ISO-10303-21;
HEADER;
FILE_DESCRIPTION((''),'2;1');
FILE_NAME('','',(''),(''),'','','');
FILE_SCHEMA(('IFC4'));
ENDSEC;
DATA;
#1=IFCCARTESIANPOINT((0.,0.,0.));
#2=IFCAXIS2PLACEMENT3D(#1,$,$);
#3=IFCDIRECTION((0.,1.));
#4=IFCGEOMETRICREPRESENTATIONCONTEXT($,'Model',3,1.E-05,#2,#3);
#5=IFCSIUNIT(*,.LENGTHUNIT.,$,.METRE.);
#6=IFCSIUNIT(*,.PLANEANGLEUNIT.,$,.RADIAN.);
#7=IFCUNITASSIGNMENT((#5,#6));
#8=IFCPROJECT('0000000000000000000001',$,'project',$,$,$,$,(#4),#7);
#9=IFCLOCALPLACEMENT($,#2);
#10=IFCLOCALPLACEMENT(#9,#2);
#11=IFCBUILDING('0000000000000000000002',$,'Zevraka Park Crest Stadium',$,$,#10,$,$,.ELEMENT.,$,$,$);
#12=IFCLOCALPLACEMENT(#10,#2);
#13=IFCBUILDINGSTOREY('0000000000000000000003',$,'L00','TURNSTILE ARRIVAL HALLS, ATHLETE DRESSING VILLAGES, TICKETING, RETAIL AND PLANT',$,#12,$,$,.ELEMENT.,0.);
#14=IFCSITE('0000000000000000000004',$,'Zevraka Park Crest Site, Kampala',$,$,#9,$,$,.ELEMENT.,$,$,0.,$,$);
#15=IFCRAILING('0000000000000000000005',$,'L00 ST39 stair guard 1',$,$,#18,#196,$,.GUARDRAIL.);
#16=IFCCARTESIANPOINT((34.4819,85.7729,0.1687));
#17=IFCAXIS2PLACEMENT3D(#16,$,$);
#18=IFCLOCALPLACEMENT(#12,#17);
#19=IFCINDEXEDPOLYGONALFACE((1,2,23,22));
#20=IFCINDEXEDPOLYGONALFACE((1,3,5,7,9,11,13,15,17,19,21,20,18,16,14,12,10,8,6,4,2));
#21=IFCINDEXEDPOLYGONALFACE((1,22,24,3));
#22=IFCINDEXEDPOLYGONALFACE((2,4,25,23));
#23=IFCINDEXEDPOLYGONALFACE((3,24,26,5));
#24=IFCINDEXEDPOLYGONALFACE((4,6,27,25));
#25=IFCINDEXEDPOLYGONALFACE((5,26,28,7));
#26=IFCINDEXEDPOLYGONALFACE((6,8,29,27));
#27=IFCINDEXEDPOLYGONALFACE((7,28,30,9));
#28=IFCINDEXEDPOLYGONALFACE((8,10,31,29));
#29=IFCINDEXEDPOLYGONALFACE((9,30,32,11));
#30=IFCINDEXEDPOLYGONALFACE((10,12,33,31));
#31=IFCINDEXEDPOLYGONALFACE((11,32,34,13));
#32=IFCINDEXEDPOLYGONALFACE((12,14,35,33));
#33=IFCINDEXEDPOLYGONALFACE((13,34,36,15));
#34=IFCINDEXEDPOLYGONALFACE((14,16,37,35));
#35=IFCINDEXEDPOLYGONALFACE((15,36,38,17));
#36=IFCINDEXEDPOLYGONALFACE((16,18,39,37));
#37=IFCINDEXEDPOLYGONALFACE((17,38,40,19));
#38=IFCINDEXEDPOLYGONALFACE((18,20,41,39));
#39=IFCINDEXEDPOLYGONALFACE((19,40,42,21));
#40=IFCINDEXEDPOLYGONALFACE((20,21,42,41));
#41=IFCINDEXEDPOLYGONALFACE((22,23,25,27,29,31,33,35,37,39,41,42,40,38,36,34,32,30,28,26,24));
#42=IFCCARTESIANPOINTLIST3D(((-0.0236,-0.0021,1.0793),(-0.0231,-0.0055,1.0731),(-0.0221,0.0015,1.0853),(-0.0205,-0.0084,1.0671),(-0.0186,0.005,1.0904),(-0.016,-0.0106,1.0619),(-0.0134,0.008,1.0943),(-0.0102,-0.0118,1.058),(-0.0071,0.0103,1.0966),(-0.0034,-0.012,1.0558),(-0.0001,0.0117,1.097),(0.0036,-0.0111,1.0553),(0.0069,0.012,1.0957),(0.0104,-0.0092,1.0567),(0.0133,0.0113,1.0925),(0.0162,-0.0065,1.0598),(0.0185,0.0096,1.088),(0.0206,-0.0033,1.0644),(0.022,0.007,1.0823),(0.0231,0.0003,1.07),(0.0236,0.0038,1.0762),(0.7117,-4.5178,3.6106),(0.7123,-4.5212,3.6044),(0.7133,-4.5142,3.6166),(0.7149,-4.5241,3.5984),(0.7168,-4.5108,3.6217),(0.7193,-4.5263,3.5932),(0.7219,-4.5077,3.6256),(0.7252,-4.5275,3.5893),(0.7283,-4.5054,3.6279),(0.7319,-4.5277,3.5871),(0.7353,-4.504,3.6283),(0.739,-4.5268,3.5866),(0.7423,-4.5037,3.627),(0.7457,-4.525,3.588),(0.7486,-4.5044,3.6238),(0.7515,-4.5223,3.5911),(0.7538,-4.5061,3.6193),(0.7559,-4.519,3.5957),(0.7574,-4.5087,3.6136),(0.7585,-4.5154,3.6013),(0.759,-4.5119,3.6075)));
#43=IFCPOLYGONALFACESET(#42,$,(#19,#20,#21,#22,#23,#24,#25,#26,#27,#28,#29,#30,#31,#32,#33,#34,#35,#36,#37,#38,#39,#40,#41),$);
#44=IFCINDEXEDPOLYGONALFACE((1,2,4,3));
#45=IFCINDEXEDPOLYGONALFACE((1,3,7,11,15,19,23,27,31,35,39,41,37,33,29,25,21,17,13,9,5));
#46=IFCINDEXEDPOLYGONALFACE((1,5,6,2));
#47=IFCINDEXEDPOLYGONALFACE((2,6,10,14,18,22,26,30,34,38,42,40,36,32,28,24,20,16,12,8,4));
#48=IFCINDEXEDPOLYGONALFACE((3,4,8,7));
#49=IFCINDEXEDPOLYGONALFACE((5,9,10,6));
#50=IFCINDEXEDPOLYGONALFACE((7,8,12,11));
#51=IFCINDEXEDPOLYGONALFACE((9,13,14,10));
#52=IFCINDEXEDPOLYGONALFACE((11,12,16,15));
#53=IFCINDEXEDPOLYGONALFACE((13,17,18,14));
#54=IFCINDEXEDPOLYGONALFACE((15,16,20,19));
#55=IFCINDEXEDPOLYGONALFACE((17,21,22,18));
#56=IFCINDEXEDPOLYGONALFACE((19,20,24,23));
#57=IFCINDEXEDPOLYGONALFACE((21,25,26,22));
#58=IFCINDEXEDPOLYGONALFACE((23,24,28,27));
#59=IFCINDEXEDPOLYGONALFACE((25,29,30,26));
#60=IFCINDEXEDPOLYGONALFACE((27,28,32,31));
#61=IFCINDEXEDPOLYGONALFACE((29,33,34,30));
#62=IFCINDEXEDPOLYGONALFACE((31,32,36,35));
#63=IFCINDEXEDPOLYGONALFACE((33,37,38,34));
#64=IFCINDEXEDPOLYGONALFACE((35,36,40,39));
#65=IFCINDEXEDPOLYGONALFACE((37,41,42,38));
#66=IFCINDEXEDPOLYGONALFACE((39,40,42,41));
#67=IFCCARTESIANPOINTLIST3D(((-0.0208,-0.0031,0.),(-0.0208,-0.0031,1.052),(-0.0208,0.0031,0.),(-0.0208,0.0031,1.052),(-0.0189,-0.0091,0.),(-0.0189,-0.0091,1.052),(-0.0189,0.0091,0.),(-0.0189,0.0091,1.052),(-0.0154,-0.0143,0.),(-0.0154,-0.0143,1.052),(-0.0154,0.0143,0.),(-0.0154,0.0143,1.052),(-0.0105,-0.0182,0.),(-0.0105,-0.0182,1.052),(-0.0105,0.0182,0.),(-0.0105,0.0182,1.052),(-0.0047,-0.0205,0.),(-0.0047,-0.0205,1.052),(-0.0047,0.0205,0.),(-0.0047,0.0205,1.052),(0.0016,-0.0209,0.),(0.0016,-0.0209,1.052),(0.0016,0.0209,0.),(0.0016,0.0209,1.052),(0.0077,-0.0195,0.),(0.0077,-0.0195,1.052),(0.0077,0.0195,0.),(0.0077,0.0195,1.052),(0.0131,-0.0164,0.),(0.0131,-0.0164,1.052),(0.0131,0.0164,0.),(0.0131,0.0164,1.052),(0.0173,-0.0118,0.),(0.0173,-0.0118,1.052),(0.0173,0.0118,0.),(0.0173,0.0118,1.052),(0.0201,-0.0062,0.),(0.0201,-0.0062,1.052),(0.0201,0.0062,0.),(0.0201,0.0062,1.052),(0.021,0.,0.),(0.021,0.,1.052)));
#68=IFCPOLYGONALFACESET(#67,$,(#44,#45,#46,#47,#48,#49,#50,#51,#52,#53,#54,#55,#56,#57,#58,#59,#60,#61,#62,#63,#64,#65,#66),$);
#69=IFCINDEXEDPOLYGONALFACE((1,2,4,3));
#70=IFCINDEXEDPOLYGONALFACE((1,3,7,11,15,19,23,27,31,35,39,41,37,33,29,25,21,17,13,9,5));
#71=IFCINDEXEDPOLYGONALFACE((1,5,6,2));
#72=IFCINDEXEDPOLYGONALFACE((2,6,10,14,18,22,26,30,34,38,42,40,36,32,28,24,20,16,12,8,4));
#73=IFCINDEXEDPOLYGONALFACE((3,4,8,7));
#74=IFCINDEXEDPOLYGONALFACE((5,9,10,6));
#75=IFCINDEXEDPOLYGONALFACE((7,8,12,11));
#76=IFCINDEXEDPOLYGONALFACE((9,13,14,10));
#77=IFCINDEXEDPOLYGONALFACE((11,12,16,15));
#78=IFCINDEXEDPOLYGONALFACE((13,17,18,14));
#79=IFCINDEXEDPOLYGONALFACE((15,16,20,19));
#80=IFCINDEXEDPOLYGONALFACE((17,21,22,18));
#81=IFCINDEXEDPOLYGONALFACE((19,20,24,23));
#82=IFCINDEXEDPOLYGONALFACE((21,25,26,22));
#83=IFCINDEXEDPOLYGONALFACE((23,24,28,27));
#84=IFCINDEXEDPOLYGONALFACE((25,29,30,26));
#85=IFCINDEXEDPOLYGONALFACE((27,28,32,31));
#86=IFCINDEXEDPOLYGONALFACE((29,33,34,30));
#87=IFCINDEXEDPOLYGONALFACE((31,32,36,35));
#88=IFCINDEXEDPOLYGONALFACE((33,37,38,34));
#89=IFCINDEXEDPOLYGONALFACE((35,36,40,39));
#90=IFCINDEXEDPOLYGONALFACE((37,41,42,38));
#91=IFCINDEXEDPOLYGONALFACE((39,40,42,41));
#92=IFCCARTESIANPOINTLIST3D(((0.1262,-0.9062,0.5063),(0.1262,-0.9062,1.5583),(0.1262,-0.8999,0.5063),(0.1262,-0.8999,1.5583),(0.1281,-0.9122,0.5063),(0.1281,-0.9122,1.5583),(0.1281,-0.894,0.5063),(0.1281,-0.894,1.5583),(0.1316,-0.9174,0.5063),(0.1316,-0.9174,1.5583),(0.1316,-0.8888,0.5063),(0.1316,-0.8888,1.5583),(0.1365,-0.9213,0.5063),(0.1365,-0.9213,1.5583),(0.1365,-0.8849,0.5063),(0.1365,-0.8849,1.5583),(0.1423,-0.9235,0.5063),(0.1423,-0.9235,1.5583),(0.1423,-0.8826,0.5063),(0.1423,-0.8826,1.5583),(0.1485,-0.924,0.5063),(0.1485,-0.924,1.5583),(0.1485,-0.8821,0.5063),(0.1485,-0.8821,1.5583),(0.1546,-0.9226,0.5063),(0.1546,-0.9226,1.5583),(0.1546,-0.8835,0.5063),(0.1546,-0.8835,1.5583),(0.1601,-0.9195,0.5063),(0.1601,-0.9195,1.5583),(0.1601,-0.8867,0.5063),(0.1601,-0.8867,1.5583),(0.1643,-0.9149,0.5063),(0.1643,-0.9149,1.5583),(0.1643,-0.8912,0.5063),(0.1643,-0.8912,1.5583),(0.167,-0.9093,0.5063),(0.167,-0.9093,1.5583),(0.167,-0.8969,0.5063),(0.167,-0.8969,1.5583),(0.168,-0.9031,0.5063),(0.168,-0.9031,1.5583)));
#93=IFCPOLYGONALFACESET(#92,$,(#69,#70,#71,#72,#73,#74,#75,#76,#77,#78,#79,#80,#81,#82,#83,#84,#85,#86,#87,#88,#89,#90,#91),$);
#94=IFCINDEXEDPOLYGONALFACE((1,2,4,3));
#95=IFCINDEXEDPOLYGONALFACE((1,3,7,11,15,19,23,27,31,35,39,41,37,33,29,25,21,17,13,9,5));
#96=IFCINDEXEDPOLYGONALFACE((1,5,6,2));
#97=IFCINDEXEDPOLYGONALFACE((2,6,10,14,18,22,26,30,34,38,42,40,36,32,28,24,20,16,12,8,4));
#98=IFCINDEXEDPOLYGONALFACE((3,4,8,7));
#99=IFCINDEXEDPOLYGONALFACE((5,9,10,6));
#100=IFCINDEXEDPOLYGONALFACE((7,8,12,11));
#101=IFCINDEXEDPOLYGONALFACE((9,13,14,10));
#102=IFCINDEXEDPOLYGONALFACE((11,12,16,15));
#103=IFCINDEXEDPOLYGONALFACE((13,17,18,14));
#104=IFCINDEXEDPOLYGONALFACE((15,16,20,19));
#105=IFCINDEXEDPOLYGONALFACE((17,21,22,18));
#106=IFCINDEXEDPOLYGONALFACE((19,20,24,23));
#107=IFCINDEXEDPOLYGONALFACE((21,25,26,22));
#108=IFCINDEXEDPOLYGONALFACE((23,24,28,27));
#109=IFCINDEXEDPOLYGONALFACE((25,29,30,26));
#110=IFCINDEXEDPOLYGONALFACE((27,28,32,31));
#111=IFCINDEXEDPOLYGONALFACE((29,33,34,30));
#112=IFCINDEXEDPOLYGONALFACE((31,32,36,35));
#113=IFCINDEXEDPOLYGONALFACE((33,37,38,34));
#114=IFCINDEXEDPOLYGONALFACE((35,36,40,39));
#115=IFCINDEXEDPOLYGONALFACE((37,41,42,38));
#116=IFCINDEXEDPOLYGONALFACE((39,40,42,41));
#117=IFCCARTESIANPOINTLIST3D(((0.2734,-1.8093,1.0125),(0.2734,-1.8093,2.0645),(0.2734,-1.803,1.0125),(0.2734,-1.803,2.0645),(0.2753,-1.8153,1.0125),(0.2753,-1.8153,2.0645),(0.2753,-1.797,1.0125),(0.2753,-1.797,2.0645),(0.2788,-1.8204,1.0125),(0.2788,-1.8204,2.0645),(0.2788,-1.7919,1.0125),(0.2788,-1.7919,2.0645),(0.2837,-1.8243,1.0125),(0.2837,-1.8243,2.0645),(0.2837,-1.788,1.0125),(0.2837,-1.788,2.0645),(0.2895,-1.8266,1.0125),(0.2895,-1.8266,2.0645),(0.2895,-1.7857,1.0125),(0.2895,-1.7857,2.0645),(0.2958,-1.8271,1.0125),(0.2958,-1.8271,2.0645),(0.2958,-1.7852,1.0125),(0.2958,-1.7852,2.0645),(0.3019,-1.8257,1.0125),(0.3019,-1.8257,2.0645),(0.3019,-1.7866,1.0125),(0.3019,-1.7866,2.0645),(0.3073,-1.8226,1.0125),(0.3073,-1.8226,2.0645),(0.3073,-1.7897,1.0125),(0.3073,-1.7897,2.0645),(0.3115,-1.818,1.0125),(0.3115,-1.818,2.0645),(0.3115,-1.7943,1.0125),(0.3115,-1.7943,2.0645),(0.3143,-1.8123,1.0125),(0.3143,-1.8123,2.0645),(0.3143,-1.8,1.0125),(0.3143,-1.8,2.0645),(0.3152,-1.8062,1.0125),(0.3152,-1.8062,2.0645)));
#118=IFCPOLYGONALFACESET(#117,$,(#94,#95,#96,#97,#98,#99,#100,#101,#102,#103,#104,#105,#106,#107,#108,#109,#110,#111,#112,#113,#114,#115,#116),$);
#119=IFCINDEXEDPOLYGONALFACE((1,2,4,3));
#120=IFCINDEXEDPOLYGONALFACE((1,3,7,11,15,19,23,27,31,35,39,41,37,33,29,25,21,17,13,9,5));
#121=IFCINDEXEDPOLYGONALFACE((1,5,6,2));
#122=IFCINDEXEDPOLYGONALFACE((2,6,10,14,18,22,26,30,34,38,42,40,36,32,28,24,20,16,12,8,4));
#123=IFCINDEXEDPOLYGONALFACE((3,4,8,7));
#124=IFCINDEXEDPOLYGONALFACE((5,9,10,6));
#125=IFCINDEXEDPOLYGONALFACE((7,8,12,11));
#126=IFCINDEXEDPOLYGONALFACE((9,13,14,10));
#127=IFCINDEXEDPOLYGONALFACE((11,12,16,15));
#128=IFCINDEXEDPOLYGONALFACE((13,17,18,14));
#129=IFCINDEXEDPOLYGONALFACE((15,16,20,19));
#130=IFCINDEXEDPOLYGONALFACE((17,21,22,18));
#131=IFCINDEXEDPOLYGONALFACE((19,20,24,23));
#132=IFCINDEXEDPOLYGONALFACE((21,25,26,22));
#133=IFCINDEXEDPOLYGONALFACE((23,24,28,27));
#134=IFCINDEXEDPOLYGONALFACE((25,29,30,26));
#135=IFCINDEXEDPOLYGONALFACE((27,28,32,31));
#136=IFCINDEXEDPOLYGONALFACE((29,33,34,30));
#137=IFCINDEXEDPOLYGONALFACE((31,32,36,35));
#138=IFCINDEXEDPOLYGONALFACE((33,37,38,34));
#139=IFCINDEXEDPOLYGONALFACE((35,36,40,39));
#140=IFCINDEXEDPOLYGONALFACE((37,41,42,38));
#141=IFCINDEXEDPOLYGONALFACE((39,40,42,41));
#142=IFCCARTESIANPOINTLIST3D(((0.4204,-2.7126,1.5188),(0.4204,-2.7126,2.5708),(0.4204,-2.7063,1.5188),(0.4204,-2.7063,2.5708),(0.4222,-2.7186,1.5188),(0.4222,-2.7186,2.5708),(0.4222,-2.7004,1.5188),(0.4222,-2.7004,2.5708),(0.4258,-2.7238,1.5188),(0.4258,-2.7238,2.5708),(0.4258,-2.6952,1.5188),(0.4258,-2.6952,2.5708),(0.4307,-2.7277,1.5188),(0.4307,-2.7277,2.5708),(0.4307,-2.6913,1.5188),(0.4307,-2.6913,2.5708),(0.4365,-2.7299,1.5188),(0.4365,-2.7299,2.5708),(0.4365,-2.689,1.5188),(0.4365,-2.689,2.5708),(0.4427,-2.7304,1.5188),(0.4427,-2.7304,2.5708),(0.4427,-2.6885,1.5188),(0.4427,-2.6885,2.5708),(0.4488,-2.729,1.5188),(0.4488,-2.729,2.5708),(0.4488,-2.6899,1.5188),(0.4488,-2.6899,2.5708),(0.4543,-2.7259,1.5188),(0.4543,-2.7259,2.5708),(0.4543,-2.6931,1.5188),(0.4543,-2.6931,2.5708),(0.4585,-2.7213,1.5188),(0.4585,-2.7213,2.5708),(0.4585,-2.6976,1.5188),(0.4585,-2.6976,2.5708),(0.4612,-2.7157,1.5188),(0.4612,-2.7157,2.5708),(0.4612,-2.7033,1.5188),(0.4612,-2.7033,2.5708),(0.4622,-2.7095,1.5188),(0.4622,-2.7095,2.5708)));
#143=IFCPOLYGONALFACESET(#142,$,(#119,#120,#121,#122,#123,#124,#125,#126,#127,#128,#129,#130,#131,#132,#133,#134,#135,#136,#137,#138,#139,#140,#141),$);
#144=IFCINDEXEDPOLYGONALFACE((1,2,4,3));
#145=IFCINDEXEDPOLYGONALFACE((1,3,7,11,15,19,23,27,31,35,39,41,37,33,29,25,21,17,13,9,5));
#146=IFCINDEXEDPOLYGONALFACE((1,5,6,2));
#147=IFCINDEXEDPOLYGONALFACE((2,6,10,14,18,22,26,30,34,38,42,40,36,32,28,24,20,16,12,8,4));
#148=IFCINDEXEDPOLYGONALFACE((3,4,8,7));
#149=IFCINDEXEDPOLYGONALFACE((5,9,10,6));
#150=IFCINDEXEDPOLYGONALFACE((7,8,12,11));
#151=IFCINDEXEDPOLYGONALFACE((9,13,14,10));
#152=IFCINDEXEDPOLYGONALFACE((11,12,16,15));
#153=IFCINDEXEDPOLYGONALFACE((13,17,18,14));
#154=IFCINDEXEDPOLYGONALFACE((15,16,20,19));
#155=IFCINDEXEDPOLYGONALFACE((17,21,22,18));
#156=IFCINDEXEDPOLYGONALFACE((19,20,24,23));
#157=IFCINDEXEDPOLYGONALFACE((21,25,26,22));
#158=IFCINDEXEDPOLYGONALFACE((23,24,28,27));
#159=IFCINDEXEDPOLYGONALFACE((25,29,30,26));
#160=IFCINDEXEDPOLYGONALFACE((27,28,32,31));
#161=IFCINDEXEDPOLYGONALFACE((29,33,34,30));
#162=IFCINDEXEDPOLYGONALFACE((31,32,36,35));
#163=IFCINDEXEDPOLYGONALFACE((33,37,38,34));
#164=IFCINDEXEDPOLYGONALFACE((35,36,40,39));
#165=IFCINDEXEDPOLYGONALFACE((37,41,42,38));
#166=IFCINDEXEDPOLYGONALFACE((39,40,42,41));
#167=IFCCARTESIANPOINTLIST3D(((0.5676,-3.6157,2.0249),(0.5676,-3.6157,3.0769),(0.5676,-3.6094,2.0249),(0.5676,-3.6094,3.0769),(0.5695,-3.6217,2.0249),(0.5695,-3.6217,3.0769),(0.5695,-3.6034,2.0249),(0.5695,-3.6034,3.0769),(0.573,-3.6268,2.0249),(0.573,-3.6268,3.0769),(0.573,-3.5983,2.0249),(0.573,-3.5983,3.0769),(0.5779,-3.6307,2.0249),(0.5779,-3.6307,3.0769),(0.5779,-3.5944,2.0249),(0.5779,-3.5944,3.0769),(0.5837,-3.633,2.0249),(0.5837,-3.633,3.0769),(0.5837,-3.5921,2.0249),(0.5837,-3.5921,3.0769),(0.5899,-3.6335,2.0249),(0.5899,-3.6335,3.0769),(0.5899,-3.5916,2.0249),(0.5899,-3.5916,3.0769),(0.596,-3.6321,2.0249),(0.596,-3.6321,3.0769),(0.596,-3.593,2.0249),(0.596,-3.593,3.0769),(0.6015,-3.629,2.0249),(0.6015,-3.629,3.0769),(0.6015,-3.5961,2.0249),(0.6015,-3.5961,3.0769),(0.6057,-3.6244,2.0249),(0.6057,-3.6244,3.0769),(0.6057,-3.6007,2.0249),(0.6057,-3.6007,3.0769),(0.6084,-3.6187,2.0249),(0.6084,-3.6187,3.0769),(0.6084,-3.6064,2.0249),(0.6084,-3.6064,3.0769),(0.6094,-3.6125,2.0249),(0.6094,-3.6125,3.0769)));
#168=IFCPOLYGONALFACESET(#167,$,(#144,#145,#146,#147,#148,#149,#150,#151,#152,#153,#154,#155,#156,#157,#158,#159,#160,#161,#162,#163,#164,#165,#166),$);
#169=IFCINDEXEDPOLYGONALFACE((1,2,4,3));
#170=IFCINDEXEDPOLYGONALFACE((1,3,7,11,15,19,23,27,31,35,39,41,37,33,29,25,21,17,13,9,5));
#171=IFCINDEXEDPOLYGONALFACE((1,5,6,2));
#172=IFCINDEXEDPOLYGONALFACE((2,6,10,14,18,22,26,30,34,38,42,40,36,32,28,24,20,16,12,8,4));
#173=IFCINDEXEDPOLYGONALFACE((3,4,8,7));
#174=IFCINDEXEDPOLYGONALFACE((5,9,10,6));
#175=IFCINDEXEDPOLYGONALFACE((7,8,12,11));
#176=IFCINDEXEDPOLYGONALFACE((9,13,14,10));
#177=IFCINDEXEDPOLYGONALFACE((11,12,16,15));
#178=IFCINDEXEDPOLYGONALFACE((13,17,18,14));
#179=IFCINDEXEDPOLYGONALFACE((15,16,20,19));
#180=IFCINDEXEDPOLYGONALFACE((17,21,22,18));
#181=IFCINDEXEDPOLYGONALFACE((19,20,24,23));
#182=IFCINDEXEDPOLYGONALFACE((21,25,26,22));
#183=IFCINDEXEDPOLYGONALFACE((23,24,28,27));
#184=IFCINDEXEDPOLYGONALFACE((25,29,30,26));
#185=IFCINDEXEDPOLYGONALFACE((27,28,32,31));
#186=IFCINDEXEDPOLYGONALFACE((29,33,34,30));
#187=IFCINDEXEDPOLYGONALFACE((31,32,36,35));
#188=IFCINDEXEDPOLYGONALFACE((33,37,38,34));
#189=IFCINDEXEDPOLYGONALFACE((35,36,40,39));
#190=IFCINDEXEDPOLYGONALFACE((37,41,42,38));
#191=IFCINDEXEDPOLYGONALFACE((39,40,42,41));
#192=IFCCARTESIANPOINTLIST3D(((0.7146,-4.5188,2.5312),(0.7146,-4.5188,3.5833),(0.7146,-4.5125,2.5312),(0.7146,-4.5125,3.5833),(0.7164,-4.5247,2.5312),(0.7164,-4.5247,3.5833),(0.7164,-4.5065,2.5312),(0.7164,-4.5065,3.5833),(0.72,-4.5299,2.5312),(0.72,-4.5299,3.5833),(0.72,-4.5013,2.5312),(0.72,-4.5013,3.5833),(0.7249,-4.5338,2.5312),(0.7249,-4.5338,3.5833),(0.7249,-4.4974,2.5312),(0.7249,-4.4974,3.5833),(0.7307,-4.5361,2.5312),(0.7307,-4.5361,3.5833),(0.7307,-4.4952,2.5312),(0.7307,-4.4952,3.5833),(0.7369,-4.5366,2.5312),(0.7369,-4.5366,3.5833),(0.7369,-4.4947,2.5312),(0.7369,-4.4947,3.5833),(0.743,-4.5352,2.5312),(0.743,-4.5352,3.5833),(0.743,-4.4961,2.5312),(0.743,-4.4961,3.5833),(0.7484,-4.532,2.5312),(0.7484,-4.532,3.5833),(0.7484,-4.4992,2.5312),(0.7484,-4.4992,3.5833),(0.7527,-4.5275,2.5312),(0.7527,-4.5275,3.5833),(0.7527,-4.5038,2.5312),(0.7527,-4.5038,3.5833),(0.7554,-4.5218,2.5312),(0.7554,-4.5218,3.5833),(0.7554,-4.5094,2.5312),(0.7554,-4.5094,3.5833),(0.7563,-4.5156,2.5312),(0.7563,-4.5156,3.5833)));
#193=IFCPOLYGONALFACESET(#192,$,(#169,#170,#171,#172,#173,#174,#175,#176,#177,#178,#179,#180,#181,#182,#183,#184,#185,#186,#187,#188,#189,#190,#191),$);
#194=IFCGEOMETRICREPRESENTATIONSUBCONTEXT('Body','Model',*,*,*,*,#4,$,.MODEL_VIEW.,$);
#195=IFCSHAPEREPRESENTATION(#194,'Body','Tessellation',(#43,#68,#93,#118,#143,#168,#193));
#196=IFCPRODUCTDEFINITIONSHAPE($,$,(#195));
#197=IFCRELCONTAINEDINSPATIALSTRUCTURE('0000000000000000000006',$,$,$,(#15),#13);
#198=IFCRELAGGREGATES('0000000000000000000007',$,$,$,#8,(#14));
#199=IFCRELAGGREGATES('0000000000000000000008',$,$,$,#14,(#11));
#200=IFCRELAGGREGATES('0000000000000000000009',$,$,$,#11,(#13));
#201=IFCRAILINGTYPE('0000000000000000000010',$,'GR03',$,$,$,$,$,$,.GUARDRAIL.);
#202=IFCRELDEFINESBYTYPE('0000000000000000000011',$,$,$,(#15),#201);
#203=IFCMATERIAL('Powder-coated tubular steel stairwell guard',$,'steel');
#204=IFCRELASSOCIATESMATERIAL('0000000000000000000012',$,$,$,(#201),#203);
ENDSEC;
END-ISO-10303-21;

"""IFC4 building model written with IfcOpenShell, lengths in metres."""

from ifc_helpers import new_model, si_unit, direction, frame, origin, origin_2d, place, context, subcontext, project, spatial, circle, extrude, material, type_object, element, save


model = new_model("IFC4")

# Units and contexts
model_context = context("Model", 3, precision=1e-05, world=origin(), true_north=direction((0.0, 1.0)))
body_context = subcontext(model_context, "Body", "Model", "MODEL_VIEW")
ifc_project = project(units=[si_unit("LENGTHUNIT", "METRE"), si_unit("PLANEANGLEUNIT", "RADIAN")], contexts=[model_context])

# Site, building, storey
site_placement = place(None, origin())
site = spatial("IfcSite", under=ifc_project, at=site_placement, Name="Zevraka Park Crest Site, Kampala", CompositionType="ELEMENT", RefElevation=0.0)
building_placement = place(site_placement, origin())
building = spatial("IfcBuilding", under=site, at=building_placement, Name="Zevraka Park Crest Stadium", CompositionType="ELEMENT")
storey_placement = place(building_placement, origin())
storey = spatial("IfcBuildingStorey", under=building, at=storey_placement, Name="L00", Description="TURNSTILE ARRIVAL HALLS, ATHLETE DRESSING VILLAGES, TICKETING, RETAIL AND PLANT", CompositionType="ELEMENT", Elevation=0.0)

# Railing
ifc_material_1 = material(Name="Powder-coated tubular steel stairwell guard", Category="steel")
railing_type_1 = type_object("IfcRailingType", Name="GR03", PredefinedType="GUARDRAIL", material=ifc_material_1)
railing_1_placement = place(storey_placement, frame((34.4819, 85.7729, 0.1687)))
element("IfcRailing", 1, at=railing_1_placement, inside=storey, type_object=railing_type_1, Name="L00 ST39 stair guard 1", PredefinedType="GUARDRAIL", context=body_context, shape_type="SweptSolid", body=[
    extrude(circle(Radius=0.0239, at=origin_2d()), frame((0.0, 0.0, 1.0762), z_axis=(0.140639, -0.86363, 0.484111), x_axis=(0.986999, 0.160729, 0.0)), (0.0, 0.0, 1.0), 5.2288),
    extrude(circle(Radius=0.021, at=origin_2d()), origin(), (0.0, 0.0, 1.0), 1.052),
    extrude(circle(Radius=0.021, at=origin_2d()), frame((0.147, -0.9031, 0.5063)), (0.0, 0.0, 1.0), 1.052),
    extrude(circle(Radius=0.021, at=origin_2d()), frame((0.2942, -1.8062, 1.0125)), (0.0, 0.0, 1.0), 1.052),
    extrude(circle(Radius=0.021, at=origin_2d()), frame((0.4412, -2.7095, 1.5188)), (0.0, 0.0, 1.0), 1.052),
    extrude(circle(Radius=0.021, at=origin_2d()), frame((0.5884, -3.6125, 2.0249)), (0.0, 0.0, 1.0), 1.052),
    extrude(circle(Radius=0.021, at=origin_2d()), frame((0.7354, -4.5156, 2.5312)), (0.0, 0.0, 1.0), 1.052),
])

save(model, "model.ifc")
